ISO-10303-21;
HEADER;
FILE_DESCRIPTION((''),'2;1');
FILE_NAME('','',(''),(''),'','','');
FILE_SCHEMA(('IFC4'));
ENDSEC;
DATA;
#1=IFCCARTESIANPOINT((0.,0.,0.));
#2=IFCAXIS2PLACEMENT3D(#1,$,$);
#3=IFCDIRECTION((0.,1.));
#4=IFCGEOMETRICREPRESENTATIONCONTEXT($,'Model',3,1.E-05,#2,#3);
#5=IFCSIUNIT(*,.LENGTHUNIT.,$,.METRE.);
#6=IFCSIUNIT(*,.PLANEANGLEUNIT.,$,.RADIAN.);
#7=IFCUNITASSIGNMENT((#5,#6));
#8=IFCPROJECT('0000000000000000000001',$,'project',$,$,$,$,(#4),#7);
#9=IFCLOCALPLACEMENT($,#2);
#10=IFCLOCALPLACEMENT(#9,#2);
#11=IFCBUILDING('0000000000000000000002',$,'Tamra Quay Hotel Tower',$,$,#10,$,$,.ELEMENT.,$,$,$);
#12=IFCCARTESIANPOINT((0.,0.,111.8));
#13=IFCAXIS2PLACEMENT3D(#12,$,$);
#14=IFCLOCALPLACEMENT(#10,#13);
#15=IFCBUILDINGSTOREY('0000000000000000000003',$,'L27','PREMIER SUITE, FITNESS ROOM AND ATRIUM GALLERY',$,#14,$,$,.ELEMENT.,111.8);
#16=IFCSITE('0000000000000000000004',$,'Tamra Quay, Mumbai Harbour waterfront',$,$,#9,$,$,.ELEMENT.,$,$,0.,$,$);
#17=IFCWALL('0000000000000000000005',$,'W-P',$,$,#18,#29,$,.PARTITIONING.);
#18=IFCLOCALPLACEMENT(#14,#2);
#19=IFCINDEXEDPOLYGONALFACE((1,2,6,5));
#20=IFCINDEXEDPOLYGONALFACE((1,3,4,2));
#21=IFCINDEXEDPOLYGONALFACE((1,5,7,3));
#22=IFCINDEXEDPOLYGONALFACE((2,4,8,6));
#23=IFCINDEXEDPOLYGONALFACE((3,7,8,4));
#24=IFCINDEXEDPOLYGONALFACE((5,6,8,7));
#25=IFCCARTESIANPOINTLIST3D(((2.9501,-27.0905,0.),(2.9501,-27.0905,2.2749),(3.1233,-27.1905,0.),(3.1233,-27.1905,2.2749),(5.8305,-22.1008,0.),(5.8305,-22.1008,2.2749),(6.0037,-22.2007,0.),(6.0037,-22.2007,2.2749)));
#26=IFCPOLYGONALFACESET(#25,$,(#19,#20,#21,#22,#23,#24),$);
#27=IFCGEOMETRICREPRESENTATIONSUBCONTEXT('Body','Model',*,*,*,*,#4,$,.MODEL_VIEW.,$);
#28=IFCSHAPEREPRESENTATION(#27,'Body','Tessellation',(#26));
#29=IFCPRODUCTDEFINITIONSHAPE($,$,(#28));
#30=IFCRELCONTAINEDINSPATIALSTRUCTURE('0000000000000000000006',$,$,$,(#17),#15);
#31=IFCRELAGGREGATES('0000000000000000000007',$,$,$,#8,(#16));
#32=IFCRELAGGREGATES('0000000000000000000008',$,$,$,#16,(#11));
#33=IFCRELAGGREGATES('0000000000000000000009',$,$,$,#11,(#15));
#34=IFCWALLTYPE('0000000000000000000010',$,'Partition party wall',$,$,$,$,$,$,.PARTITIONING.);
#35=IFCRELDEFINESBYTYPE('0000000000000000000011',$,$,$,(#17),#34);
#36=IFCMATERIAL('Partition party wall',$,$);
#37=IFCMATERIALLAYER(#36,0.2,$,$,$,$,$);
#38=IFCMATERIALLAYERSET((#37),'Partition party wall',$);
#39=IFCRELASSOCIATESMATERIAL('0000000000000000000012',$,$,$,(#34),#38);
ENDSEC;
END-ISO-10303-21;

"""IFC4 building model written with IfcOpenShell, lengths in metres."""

from ifc_helpers import new_model, si_unit, direction, frame, frame_2d, origin, place, context, subcontext, project, spatial, rectangle, extrude, material, layer, layer_set, type_object, element, save


model = new_model("IFC4")

# Units and contexts
model_context = context("Model", 3, precision=1e-05, world=origin(), true_north=direction((0.0, 1.0)))
body_context = subcontext(model_context, "Body", "Model", "MODEL_VIEW")
ifc_project = project(units=[si_unit("LENGTHUNIT", "METRE"), si_unit("PLANEANGLEUNIT", "RADIAN")], contexts=[model_context])

# Site, building, storey
site_placement = place(None, origin())
site = spatial("IfcSite", under=ifc_project, at=site_placement, Name="Tamra Quay, Mumbai Harbour waterfront", CompositionType="ELEMENT", RefElevation=0.0)
building_placement = place(site_placement, origin())
building = spatial("IfcBuilding", under=site, at=building_placement, Name="Tamra Quay Hotel Tower", CompositionType="ELEMENT")
storey_placement = place(building_placement, frame((0.0, 0.0, 111.8)))
storey = spatial("IfcBuildingStorey", under=building, at=storey_placement, Name="L27", Description="PREMIER SUITE, FITNESS ROOM AND ATRIUM GALLERY", CompositionType="ELEMENT", Elevation=111.8)

# Wall
ifc_material_1 = material(Name="Partition party wall")
ifc_layer_1 = layer(ifc_material_1, 0.2)
ifc_layer_set_1 = layer_set([ifc_layer_1], Name="Partition party wall")
wall_type_1 = type_object("IfcWallType", Name="Partition party wall", PredefinedType="PARTITIONING", material=ifc_layer_set_1)
wall_1_placement = place(storey_placement, frame((3.0366, -27.1406, 0.0), z_axis=(0.0, 0.0, 1.0), x_axis=(0.49994, 0.86606, 0.0)))
element("IfcWall", 1, at=wall_1_placement, inside=storey, type_object=wall_type_1, Name="W-P", PredefinedType="PARTITIONING", context=body_context, shape_type="SweptSolid", body=[
    extrude(rectangle(XDim=5.7615, YDim=0.2, at=frame_2d((2.8809, 0.0))), origin(), (0.0, 0.0, 1.0), 2.2749),
])

save(model, "model.ifc")
